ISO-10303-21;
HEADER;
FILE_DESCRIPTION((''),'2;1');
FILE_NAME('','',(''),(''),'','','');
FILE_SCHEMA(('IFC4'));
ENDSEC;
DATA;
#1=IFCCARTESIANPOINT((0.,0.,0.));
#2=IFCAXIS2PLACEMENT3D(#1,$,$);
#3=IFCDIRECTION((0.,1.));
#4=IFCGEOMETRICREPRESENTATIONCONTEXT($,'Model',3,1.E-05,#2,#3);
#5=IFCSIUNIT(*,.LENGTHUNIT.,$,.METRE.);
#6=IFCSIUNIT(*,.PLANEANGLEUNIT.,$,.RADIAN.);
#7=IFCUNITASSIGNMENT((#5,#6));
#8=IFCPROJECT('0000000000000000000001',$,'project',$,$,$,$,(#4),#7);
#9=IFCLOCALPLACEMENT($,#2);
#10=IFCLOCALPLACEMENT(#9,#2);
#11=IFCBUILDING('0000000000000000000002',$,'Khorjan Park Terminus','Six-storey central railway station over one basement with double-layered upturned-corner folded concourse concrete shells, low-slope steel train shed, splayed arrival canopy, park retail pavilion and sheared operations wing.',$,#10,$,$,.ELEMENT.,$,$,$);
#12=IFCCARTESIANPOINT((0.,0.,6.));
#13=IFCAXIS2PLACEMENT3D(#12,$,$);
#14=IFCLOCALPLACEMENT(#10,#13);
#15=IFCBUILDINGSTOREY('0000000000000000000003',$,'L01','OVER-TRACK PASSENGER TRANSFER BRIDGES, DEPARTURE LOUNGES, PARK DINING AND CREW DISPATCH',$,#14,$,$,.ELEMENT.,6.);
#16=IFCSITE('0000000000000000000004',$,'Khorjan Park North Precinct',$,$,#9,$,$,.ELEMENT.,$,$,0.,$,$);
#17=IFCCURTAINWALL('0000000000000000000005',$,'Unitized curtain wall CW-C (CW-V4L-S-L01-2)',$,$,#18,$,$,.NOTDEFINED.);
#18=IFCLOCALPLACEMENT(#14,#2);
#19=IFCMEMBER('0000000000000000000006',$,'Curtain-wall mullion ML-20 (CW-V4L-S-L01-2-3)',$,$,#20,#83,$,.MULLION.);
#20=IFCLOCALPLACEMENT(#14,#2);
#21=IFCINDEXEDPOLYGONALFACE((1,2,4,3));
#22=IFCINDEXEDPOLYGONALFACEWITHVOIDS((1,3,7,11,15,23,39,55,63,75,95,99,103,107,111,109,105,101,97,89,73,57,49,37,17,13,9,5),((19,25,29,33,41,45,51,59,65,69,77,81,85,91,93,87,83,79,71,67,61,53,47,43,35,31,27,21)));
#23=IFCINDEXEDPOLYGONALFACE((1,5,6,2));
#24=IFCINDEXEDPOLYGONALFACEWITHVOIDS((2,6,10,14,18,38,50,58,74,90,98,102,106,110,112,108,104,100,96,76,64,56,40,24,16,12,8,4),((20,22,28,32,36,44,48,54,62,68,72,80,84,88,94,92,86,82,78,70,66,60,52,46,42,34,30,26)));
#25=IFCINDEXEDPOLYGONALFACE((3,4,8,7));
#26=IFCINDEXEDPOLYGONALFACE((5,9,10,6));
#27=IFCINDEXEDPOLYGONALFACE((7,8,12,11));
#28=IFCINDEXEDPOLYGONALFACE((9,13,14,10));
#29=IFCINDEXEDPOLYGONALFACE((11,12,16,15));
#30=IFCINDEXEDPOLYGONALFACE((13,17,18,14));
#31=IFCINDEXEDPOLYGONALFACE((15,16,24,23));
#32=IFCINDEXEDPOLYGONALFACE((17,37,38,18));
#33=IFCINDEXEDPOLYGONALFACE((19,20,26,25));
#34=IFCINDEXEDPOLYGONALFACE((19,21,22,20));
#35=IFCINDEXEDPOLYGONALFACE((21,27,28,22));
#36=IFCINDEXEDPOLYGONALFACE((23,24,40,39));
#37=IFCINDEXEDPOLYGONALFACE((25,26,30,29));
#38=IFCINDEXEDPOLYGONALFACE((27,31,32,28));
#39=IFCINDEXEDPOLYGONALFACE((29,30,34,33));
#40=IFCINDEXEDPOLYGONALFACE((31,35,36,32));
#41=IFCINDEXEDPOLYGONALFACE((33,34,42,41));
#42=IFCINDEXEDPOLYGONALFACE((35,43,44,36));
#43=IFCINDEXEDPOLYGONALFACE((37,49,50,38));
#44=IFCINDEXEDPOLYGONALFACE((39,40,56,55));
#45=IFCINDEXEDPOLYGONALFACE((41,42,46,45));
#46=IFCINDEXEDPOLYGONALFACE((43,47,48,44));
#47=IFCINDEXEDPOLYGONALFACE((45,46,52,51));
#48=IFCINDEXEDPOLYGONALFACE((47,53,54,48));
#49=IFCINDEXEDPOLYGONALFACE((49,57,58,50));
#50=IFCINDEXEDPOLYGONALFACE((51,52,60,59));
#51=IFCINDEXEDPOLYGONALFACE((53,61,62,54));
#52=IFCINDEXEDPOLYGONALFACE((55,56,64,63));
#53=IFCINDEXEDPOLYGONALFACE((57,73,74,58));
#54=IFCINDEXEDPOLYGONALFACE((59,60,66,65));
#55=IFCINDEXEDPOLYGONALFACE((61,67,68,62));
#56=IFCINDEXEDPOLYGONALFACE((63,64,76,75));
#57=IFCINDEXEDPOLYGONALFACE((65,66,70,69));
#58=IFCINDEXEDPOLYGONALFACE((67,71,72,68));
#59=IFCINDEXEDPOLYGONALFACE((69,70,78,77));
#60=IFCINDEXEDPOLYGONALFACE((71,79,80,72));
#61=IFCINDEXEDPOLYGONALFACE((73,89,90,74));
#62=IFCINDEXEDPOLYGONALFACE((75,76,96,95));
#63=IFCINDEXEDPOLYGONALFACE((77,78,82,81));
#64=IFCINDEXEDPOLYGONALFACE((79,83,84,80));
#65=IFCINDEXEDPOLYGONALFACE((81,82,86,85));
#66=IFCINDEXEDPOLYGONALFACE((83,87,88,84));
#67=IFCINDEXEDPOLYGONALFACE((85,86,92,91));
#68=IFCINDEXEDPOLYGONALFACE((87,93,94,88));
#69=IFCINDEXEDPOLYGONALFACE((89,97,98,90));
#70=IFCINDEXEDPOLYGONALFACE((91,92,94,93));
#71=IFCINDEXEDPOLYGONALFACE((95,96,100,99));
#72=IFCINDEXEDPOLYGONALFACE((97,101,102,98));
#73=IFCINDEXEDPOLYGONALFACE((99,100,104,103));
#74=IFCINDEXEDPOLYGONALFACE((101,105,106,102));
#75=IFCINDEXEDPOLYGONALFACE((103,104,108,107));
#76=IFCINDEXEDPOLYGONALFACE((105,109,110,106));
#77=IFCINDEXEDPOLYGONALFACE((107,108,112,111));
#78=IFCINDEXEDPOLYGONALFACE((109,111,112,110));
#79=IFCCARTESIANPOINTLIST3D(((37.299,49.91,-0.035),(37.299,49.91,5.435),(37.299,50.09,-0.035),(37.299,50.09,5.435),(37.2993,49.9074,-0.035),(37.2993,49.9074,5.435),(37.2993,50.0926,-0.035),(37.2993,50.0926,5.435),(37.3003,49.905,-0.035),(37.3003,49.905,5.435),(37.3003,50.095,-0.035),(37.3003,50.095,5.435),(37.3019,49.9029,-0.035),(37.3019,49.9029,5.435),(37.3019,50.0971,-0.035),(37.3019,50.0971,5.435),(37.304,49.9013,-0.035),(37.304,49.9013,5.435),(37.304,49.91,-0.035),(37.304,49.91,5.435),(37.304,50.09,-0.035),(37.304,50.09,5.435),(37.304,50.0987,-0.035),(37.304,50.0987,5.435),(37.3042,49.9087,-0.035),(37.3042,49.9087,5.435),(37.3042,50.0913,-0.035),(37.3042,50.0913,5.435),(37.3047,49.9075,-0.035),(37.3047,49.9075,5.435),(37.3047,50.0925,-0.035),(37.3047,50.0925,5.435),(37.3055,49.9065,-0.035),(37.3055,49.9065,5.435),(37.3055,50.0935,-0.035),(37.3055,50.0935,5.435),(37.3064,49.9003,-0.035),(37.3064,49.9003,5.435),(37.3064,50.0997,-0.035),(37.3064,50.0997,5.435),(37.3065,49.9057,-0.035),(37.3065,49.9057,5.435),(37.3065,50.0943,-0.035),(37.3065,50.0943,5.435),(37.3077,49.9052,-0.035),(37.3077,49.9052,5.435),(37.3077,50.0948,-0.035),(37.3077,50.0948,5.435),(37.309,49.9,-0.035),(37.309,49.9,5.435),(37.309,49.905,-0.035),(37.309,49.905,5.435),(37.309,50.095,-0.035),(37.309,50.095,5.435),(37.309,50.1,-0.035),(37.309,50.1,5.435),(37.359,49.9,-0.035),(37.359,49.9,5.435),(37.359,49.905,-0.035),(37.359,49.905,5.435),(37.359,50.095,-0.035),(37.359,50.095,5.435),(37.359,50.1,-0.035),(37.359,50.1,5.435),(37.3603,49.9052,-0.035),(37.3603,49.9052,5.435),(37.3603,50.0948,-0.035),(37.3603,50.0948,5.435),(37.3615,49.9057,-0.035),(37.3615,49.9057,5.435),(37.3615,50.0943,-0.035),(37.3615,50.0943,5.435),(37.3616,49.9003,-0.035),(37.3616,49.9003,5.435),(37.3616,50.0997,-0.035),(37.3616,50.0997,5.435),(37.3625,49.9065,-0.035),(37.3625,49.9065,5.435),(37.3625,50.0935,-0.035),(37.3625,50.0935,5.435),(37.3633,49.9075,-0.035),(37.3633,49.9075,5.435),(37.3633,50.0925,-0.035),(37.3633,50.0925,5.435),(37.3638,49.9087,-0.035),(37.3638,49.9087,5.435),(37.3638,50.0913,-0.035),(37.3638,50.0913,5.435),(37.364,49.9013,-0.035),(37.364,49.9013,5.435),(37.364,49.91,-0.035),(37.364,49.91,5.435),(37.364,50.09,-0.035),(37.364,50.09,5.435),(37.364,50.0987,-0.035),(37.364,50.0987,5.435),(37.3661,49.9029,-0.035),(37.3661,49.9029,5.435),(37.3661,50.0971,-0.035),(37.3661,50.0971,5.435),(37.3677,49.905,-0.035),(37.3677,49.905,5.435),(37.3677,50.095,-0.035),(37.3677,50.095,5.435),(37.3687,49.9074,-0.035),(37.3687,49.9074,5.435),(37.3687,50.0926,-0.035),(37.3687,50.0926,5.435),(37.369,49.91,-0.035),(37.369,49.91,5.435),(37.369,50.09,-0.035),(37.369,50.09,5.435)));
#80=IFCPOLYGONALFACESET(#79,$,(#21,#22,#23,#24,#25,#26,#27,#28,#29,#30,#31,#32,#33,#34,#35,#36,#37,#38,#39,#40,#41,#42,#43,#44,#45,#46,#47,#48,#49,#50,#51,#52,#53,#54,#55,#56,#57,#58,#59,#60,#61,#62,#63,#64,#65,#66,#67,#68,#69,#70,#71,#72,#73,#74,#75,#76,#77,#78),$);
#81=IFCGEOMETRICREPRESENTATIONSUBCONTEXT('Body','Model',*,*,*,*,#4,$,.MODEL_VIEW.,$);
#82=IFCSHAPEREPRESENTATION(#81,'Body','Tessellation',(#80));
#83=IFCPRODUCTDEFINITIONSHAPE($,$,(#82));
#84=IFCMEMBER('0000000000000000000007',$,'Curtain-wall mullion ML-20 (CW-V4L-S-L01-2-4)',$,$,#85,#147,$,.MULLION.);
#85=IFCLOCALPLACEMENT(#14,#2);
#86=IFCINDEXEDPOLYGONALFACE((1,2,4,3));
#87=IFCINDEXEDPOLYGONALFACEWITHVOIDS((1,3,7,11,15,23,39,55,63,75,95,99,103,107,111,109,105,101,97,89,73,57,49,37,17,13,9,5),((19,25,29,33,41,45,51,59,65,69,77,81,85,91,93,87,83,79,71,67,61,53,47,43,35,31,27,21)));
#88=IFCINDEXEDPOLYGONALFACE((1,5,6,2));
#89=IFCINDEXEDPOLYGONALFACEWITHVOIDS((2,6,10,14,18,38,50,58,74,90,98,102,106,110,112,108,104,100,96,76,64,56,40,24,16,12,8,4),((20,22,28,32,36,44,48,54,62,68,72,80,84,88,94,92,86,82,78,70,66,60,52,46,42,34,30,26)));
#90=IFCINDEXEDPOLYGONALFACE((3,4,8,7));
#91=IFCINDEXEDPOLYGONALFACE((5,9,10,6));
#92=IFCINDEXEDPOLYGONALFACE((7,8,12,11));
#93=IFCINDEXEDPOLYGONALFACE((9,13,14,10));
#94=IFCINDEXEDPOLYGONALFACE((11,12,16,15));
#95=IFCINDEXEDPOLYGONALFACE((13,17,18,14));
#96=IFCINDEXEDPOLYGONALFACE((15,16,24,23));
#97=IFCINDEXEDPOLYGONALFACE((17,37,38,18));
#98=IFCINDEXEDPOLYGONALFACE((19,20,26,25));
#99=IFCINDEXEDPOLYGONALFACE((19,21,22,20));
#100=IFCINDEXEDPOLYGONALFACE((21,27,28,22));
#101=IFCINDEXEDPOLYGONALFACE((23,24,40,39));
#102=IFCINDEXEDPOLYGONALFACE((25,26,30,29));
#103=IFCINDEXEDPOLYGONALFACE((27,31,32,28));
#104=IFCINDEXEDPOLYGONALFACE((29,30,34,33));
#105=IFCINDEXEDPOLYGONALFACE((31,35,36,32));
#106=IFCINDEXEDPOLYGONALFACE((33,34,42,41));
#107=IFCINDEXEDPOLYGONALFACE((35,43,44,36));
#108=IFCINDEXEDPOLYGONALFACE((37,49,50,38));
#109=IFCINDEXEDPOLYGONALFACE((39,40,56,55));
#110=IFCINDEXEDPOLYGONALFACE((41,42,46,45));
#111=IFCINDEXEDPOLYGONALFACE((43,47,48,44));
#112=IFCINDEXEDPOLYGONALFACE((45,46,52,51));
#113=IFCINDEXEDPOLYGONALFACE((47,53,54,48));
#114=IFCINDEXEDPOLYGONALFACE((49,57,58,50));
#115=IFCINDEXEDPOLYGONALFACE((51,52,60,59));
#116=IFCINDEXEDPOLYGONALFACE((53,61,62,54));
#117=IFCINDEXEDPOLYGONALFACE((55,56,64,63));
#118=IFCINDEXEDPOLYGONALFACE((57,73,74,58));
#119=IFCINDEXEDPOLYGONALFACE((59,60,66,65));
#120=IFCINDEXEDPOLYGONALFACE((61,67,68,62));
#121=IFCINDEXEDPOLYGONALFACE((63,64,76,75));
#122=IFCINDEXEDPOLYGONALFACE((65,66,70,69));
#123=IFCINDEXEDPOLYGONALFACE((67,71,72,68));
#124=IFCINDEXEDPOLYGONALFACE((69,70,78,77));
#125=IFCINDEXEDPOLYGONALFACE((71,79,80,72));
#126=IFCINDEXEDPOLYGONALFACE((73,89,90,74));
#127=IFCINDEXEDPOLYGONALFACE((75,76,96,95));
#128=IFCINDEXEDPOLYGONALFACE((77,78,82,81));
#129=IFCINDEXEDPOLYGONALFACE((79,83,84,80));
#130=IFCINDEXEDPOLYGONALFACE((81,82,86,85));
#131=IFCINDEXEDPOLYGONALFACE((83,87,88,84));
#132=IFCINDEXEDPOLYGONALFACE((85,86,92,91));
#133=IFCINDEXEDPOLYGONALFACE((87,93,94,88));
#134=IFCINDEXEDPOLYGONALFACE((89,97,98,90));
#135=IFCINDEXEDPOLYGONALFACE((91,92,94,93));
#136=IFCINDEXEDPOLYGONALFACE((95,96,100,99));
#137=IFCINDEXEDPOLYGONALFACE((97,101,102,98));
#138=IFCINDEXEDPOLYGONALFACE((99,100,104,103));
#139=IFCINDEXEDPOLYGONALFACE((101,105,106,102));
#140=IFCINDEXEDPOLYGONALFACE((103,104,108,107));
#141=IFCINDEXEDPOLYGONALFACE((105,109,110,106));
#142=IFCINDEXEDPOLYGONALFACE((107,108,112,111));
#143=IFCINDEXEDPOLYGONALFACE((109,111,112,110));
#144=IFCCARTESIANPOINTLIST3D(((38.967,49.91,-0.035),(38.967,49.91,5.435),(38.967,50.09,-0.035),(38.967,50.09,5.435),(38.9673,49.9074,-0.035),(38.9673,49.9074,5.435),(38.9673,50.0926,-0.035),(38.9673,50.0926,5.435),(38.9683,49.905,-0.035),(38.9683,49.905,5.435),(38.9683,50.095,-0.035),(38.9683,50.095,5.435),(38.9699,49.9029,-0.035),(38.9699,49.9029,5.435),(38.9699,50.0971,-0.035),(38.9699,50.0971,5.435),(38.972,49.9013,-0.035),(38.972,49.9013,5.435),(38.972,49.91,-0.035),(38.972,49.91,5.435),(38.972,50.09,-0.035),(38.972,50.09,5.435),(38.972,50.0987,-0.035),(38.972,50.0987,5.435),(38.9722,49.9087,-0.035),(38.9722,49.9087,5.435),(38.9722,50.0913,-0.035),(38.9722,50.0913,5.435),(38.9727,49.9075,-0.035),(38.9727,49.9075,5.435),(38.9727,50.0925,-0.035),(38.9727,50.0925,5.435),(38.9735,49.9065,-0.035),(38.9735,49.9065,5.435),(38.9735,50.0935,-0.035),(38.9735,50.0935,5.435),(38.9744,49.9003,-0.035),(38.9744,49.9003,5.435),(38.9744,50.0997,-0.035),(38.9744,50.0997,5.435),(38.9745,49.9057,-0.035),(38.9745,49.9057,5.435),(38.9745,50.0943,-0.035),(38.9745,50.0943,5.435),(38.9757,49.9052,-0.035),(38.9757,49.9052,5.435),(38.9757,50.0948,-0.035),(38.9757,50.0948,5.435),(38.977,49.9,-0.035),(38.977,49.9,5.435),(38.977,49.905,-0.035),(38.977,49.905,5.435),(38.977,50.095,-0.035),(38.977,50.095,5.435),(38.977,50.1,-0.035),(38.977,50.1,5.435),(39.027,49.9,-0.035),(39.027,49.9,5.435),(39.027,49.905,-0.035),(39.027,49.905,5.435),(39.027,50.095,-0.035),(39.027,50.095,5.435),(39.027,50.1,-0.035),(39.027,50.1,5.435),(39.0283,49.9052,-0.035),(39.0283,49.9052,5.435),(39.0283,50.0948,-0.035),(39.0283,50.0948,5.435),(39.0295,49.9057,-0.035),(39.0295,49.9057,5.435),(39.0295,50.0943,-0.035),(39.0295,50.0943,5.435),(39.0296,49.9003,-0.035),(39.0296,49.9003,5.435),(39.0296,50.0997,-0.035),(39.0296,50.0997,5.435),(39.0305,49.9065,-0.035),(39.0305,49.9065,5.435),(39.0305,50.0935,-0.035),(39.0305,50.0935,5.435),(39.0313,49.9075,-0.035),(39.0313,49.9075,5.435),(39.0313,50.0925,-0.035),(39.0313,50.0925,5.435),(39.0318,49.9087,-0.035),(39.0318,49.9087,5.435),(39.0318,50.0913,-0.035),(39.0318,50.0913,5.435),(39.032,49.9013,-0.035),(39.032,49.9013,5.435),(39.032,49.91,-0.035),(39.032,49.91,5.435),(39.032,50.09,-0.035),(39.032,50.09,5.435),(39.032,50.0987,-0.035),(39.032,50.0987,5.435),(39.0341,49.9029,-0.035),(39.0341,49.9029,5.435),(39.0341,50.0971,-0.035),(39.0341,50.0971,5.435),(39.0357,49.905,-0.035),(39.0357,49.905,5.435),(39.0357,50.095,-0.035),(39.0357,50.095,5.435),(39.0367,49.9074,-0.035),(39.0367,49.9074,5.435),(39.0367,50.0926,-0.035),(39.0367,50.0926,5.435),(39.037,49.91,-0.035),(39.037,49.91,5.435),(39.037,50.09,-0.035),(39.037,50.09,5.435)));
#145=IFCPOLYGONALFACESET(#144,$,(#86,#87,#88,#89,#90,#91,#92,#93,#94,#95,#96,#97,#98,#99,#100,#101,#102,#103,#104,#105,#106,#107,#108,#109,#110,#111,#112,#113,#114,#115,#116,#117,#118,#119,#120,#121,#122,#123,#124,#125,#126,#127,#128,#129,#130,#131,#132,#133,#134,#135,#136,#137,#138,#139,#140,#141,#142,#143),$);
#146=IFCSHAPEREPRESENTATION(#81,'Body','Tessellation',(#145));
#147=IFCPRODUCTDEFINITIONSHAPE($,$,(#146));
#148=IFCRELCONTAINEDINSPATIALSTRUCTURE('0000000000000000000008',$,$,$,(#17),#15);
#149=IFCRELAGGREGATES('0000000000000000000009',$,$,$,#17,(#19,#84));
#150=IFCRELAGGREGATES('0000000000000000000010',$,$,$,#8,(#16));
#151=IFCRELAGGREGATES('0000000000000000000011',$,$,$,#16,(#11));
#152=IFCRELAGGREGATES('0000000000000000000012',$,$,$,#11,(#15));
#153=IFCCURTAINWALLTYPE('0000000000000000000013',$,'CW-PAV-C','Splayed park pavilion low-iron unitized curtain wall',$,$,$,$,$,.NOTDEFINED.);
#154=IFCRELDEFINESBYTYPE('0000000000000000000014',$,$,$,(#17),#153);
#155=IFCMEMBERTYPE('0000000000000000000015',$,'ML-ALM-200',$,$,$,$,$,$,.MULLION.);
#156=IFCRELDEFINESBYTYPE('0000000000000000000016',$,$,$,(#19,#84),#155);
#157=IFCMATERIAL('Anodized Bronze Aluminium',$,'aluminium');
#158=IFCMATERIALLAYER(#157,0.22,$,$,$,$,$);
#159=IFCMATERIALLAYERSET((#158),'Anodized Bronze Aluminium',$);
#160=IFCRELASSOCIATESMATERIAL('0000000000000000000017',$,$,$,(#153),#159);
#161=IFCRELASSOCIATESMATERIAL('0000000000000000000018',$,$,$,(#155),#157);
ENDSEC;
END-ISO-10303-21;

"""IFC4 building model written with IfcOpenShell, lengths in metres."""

from ifc_helpers import new_model, si_unit, direction, frame, origin, origin_2d, place, context, subcontext, project, spatial, hollow_rectangle, extrude, material, layer, layer_set, material_profile, profile_set, type_object, element, aggregate, save


model = new_model("IFC4")

# Units and contexts
model_context = context("Model", 3, precision=1e-05, world=origin(), true_north=direction((0.0, 1.0)))
body_context = subcontext(model_context, "Body", "Model", "MODEL_VIEW")
ifc_project = project(units=[si_unit("LENGTHUNIT", "METRE"), si_unit("PLANEANGLEUNIT", "RADIAN")], contexts=[model_context])

# Site, building, storey
site_placement = place(None, origin())
site = spatial("IfcSite", under=ifc_project, at=site_placement, Name="Khorjan Park North Precinct", CompositionType="ELEMENT", RefElevation=0.0)
building_placement = place(site_placement, origin())
building = spatial("IfcBuilding", under=site, at=building_placement, Name="Khorjan Park Terminus", Description="Six-storey central railway station over one basement with double-layered upturned-corner folded concourse concrete shells, low-slope steel train shed, splayed arrival canopy, park retail pavilion and sheared operations wing.", CompositionType="ELEMENT")
storey_placement = place(building_placement, frame((0.0, 0.0, 6.0)))
storey = spatial("IfcBuildingStorey", under=building, at=storey_placement, Name="L01", Description="OVER-TRACK PASSENGER TRANSFER BRIDGES, DEPARTURE LOUNGES, PARK DINING AND CREW DISPATCH", CompositionType="ELEMENT", Elevation=6.0)

# Curtain wall, members
ifc_material_1 = material(Name="Anodized Bronze Aluminium", Category="aluminium")
ifc_layer_1 = layer(ifc_material_1, 0.22)
ifc_layer_set_1 = layer_set([ifc_layer_1], Name="Anodized Bronze Aluminium")
curtain_wall_type = type_object("IfcCurtainWallType", Name="CW-PAV-C", Description="Splayed park pavilion low-iron unitized curtain wall", PredefinedType="NOTDEFINED", material=ifc_layer_set_1)
curtain_wall_placement = place(storey_placement, origin())
curtain_wall = element("IfcCurtainWall", 1, at=curtain_wall_placement, inside=storey, type_object=curtain_wall_type, Name="Unitized curtain wall CW-C (CW-V4L-S-L01-2)", PredefinedType="NOTDEFINED")
ifc_material_profile_1 = material_profile(ifc_material_1, hollow_rectangle(XDim=0.07, YDim=0.2, WallThickness=0.005, InnerFilletRadius=0.005, OuterFilletRadius=0.01, at=origin_2d()), Name="ALM 70x200x5")
ifc_profile_set_1 = profile_set([ifc_material_profile_1], Name="Anodized Bronze Aluminium")
member_type_1 = type_object("IfcMemberType", Name="ML-ALM-200", PredefinedType="MULLION", material=ifc_profile_set_1)
member_1_placement = place(storey_placement, frame((37.334, 50.0, -0.035), z_axis=(0.0, 0.0, 1.0), x_axis=(1.0, 0.0, 0.0)))
member_1 = element("IfcMember", 2, at=member_1_placement, type_object=member_type_1, Name="Curtain-wall mullion ML-20 (CW-V4L-S-L01-2-3)", PredefinedType="MULLION", context=body_context, shape_type="SweptSolid", body=[
    extrude(hollow_rectangle(XDim=0.07, YDim=0.2, WallThickness=0.005, InnerFilletRadius=0.005, OuterFilletRadius=0.01, at=origin_2d()), origin(), (0.0, 0.0, 1.0), 5.47),
])
member_2_placement = place(storey_placement, frame((39.002, 50.0, -0.035), z_axis=(0.0, 0.0, 1.0), x_axis=(1.0, 0.0, 0.0)))
member_2 = element("IfcMember", 3, at=member_2_placement, type_object=member_type_1, Name="Curtain-wall mullion ML-20 (CW-V4L-S-L01-2-4)", PredefinedType="MULLION", context=body_context, shape_type="SweptSolid", body=[
    extrude(hollow_rectangle(XDim=0.07, YDim=0.2, WallThickness=0.005, InnerFilletRadius=0.005, OuterFilletRadius=0.01, at=origin_2d()), origin(), (0.0, 0.0, 1.0), 5.47),
])
aggregate(curtain_wall, [member_1, member_2])

save(model, "model.ifc")
